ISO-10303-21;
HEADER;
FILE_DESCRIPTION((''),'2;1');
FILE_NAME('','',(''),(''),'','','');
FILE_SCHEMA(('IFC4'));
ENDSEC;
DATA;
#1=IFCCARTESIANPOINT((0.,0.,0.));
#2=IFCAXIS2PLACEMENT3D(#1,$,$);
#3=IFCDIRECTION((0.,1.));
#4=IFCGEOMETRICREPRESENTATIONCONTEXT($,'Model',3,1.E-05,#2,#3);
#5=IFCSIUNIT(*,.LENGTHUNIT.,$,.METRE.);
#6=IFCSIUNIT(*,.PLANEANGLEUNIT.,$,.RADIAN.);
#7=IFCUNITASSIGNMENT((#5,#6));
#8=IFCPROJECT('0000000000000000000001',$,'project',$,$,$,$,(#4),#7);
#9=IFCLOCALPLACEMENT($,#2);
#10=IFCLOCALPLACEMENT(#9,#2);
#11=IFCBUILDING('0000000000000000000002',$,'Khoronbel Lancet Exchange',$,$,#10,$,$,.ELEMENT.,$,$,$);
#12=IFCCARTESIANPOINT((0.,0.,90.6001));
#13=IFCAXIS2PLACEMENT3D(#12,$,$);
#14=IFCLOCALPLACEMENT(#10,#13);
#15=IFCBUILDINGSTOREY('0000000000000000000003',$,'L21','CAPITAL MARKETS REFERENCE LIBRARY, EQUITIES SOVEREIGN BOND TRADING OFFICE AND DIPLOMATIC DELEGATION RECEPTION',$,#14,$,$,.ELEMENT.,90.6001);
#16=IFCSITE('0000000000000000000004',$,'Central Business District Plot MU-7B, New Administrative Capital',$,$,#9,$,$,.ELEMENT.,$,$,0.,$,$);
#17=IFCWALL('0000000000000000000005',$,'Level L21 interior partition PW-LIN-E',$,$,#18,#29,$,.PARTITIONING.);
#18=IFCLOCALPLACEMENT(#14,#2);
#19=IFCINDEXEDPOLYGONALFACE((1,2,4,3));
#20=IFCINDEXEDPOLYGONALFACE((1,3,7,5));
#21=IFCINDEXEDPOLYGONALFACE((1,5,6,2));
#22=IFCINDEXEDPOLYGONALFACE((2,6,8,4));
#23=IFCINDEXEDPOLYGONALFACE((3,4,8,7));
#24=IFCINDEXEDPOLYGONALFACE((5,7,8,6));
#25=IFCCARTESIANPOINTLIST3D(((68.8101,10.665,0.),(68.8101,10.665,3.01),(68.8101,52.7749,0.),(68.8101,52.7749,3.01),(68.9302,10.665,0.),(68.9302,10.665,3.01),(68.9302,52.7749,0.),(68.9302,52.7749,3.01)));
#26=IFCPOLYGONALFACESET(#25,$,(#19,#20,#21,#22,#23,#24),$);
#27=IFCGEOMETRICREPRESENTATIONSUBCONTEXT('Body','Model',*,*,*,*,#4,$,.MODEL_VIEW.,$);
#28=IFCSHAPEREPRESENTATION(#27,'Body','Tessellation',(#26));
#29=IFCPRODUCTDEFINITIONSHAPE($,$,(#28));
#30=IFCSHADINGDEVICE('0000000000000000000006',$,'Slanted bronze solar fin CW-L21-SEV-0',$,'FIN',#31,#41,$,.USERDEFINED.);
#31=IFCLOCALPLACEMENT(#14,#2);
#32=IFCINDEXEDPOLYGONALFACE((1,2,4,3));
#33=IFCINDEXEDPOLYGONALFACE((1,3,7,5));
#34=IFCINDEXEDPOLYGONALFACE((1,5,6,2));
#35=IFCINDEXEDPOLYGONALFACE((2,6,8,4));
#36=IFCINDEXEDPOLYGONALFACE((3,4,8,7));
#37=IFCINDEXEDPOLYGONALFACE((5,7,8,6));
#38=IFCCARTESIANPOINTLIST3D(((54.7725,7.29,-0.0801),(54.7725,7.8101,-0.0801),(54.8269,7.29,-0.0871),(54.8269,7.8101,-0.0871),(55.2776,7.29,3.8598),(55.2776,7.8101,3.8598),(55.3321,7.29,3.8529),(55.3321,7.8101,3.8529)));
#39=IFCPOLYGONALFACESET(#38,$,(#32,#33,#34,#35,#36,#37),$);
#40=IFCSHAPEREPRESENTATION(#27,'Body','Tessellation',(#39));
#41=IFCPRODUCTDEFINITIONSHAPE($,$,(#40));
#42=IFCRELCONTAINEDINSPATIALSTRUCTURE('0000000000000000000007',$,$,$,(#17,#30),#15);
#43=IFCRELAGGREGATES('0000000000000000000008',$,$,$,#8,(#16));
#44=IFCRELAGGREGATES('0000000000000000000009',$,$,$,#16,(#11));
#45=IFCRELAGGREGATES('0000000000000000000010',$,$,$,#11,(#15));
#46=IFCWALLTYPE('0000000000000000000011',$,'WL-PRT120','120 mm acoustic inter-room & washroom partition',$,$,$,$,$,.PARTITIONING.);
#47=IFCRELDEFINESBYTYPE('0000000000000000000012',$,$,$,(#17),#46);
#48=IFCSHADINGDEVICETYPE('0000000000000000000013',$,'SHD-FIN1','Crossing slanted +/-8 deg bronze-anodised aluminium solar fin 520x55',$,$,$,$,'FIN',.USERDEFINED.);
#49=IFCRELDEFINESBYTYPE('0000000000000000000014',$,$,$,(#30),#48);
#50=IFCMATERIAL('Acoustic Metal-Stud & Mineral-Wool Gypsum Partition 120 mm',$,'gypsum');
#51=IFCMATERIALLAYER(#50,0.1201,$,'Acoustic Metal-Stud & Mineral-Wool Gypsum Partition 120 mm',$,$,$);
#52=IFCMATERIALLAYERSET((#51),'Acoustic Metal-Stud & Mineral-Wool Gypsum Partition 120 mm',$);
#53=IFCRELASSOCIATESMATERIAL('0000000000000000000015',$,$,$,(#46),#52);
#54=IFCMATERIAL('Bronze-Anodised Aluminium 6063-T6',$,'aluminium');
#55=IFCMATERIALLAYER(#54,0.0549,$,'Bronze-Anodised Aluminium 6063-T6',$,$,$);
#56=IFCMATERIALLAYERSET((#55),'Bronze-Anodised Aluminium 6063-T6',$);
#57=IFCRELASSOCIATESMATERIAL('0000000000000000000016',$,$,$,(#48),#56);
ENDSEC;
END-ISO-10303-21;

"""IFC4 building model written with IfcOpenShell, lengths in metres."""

from ifc_helpers import new_model, si_unit, direction, frame, frame_2d, origin, place, context, subcontext, project, spatial, polyline, rectangle, outline, extrude, material, layer, layer_set, type_object, element, save


model = new_model("IFC4")

# Units and contexts
model_context = context("Model", 3, precision=1e-05, world=origin(), true_north=direction((0.0, 1.0)))
body_context = subcontext(model_context, "Body", "Model", "MODEL_VIEW")
ifc_project = project(units=[si_unit("LENGTHUNIT", "METRE"), si_unit("PLANEANGLEUNIT", "RADIAN")], contexts=[model_context])

# Site, building, storey
site_placement = place(None, origin())
site = spatial("IfcSite", under=ifc_project, at=site_placement, Name="Central Business District Plot MU-7B, New Administrative Capital", CompositionType="ELEMENT", RefElevation=0.0)
building_placement = place(site_placement, origin())
building = spatial("IfcBuilding", under=site, at=building_placement, Name="Khoronbel Lancet Exchange", CompositionType="ELEMENT")
storey_placement = place(building_placement, frame((0.0, 0.0, 90.6001)))
storey = spatial("IfcBuildingStorey", under=building, at=storey_placement, Name="L21", Description="CAPITAL MARKETS REFERENCE LIBRARY, EQUITIES SOVEREIGN BOND TRADING OFFICE AND DIPLOMATIC DELEGATION RECEPTION", CompositionType="ELEMENT", Elevation=90.6001)

# Shared definitions
ifc_material_1 = material(Name="Bronze-Anodised Aluminium 6063-T6", Category="aluminium")

# Wall
ifc_material_2 = material(Name="Acoustic Metal-Stud & Mineral-Wool Gypsum Partition 120 mm", Category="gypsum")
ifc_layer_1 = layer(ifc_material_2, 0.1201, Name="Acoustic Metal-Stud & Mineral-Wool Gypsum Partition 120 mm")
ifc_layer_set_1 = layer_set([ifc_layer_1], Name="Acoustic Metal-Stud & Mineral-Wool Gypsum Partition 120 mm")
wall_type_1 = type_object("IfcWallType", Name="WL-PRT120", Description="120 mm acoustic inter-room & washroom partition", PredefinedType="PARTITIONING", material=ifc_layer_set_1)
wall_1_placement = place(storey_placement, frame((68.8701, 10.665, 0.0), z_axis=(0.0, 0.0, 1.0), x_axis=(0.0, 1.0, 0.0)))
element("IfcWall", 1, at=wall_1_placement, inside=storey, type_object=wall_type_1, Name="Level L21 interior partition PW-LIN-E", PredefinedType="PARTITIONING", context=body_context, shape_type="SweptSolid", body=[
    extrude(rectangle(XDim=42.1099, YDim=0.1201, at=frame_2d((21.0549, 0.0))), origin(), (0.0, 0.0, 1.0), 3.01),
])

# Shading device
ifc_layer_2 = layer(ifc_material_1, 0.0549, Name="Bronze-Anodised Aluminium 6063-T6")
ifc_layer_set_2 = layer_set([ifc_layer_2], Name="Bronze-Anodised Aluminium 6063-T6")
shading_device_type = type_object("IfcShadingDeviceType", Name="SHD-FIN1", Description="Crossing slanted +/-8 deg bronze-anodised aluminium solar fin 520x55", ElementType="FIN", PredefinedType="USERDEFINED", material=ifc_layer_set_2)
shading_device_placement = place(storey_placement, frame((54.7725, 7.8101, -0.0801), z_axis=(-0.991881, 0.0, 0.127166), x_axis=(0.0, -1.0, 0.0)))
element("IfcShadingDevice", 2, at=shading_device_placement, inside=storey, type_object=shading_device_type, Name="Slanted bronze solar fin CW-L21-SEV-0", ObjectType="FIN", PredefinedType="USERDEFINED", context=body_context, shape_type="SweptSolid", body=[
    extrude(outline(polyline([(0.0, 0.0), (0.52, 0.0), (0.52, 3.9722), (0.0, 3.9722), (0.0, 0.0)])), origin(), (0.0, 0.0, -1.0), 0.0549),
])

save(model, "model.ifc")
